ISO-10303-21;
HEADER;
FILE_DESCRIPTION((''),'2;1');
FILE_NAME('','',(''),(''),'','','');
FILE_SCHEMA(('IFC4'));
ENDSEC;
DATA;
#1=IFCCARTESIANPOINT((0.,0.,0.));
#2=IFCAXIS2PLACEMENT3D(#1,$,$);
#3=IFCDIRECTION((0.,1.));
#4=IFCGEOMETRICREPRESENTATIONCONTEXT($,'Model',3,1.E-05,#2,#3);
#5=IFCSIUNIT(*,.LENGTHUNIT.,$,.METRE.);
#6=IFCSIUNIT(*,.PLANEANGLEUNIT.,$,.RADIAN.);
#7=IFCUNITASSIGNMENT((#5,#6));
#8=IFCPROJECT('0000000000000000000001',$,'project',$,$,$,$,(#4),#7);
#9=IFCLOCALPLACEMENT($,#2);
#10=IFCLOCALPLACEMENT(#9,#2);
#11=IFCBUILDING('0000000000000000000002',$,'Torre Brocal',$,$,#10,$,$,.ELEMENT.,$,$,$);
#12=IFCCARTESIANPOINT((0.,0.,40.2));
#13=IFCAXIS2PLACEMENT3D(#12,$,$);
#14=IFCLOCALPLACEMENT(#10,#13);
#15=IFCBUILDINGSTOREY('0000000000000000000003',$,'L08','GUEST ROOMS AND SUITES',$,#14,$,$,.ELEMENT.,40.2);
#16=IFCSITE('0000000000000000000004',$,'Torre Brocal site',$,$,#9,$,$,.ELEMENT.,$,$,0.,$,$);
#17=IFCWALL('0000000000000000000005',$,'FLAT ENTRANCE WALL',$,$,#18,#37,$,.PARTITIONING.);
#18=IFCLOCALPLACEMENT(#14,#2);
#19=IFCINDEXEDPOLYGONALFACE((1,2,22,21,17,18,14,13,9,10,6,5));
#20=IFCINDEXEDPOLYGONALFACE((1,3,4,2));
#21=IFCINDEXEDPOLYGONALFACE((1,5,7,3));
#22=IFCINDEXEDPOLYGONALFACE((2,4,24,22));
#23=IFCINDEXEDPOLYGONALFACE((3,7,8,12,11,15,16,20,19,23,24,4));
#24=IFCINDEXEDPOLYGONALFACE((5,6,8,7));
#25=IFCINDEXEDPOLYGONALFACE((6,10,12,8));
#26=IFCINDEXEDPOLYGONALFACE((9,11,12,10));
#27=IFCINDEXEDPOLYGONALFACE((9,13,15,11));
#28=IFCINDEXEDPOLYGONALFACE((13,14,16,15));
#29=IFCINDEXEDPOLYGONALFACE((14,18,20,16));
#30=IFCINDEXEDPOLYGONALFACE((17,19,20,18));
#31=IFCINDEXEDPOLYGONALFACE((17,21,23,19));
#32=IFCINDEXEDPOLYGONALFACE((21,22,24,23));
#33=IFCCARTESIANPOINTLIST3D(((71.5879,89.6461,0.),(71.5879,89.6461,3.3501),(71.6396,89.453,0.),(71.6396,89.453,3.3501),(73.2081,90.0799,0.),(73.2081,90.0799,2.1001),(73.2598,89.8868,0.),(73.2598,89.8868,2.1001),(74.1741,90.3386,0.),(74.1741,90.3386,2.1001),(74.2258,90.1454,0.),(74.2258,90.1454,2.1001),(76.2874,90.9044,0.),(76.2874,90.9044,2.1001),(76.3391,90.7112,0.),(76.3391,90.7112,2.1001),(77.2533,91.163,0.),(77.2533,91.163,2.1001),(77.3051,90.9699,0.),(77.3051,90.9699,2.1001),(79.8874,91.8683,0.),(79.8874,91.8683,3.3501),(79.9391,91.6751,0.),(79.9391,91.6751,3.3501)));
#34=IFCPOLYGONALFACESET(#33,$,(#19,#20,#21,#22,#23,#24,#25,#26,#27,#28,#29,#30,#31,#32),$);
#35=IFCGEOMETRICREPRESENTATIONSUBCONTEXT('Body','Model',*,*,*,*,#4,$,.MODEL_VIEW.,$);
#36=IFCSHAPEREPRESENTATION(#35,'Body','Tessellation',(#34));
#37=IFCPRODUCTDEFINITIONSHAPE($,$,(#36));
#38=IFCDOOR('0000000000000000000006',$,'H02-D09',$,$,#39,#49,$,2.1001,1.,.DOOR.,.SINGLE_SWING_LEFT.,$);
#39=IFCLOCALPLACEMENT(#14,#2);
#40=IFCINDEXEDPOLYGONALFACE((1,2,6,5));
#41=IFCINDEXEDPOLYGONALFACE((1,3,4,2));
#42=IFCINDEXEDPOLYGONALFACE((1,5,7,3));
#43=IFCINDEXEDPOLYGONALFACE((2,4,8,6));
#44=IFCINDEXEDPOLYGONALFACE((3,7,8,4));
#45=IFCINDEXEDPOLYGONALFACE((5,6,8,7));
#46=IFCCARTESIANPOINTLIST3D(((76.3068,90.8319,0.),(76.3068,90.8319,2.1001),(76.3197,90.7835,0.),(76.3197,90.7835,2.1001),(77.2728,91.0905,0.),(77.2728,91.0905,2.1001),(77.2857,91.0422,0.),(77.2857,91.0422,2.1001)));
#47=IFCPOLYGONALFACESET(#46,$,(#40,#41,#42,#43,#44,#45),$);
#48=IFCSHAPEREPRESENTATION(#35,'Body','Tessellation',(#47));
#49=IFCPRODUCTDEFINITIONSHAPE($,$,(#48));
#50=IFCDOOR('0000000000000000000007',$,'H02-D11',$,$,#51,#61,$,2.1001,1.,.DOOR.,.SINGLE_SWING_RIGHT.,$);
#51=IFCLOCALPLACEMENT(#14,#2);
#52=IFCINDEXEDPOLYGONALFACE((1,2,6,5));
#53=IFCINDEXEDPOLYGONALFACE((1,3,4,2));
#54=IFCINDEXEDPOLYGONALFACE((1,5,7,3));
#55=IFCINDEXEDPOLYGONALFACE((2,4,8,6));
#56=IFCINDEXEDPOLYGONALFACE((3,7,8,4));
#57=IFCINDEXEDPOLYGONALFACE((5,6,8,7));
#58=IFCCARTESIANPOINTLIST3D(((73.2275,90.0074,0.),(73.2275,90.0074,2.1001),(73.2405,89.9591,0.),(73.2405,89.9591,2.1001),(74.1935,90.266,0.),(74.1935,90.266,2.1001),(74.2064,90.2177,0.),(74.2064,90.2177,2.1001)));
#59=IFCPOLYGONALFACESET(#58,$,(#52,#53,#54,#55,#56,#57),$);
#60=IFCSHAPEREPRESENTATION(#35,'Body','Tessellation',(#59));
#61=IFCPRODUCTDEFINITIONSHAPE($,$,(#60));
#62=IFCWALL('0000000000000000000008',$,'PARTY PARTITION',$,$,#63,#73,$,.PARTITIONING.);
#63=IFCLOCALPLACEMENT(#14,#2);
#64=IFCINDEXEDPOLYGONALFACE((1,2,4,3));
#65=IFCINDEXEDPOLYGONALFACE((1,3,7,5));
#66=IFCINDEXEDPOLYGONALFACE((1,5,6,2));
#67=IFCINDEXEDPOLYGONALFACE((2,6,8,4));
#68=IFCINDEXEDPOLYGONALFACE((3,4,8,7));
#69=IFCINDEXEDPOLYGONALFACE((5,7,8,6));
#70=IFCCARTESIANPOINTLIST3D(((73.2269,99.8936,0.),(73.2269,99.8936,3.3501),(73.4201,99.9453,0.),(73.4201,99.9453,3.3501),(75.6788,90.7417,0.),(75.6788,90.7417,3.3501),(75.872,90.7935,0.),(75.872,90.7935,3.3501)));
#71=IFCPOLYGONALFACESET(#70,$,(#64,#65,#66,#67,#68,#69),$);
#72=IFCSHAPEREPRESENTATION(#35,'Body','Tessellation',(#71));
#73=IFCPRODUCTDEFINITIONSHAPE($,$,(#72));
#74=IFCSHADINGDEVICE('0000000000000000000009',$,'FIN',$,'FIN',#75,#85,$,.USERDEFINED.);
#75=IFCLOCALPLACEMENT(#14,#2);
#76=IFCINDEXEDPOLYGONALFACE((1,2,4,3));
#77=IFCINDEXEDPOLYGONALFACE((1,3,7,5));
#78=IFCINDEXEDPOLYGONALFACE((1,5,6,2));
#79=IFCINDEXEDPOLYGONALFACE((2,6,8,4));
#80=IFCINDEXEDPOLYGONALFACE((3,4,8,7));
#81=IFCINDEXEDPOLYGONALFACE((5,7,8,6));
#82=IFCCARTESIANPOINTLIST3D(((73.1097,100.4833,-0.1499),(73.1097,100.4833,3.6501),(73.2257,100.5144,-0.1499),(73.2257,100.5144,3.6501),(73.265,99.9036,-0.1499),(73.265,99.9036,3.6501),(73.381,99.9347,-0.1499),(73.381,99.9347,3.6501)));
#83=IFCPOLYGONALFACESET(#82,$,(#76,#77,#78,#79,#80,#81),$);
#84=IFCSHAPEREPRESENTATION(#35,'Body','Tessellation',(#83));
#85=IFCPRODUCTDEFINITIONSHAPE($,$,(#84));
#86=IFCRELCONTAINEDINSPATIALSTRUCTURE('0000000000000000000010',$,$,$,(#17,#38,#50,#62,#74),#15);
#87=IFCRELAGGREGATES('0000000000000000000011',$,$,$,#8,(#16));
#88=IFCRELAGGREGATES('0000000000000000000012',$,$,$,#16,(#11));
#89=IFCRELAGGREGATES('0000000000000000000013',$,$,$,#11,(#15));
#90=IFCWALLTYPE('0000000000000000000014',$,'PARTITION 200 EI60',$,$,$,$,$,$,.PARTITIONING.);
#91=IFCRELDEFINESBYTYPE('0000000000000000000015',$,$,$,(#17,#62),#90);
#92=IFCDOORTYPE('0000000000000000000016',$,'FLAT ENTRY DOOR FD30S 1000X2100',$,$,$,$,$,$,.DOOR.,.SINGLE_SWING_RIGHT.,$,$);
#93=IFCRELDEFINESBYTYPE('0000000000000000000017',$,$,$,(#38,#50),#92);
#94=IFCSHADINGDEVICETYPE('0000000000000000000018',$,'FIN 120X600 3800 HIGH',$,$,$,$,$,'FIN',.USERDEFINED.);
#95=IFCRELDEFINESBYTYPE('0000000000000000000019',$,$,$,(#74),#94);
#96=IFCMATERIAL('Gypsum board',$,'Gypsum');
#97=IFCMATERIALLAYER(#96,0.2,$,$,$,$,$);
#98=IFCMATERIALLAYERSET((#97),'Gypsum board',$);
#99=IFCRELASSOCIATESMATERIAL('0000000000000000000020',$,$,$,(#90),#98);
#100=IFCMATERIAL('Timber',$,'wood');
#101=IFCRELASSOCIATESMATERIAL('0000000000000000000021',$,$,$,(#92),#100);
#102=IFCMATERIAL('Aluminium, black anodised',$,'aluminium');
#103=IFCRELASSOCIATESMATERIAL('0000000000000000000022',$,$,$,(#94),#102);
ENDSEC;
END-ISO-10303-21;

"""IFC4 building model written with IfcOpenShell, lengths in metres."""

from ifc_helpers import new_model, si_unit, direction, frame, frame_2d, origin, origin_2d, place, context, subcontext, project, spatial, rectangle, extrude, material, layer, layer_set, material_profile, profile_set, type_object, element, fill, save


model = new_model("IFC4")

# Units and contexts
model_context = context("Model", 3, precision=1e-05, world=origin(), true_north=direction((0.0, 1.0)))
body_context = subcontext(model_context, "Body", "Model", "MODEL_VIEW")
ifc_project = project(units=[si_unit("LENGTHUNIT", "METRE"), si_unit("PLANEANGLEUNIT", "RADIAN")], contexts=[model_context])

# Site, building, storey
site_placement = place(None, origin())
site = spatial("IfcSite", under=ifc_project, at=site_placement, Name="Torre Brocal site", CompositionType="ELEMENT", RefElevation=0.0)
building_placement = place(site_placement, origin())
building = spatial("IfcBuilding", under=site, at=building_placement, Name="Torre Brocal", CompositionType="ELEMENT")
storey_placement = place(building_placement, frame((0.0, 0.0, 40.2)))
storey = spatial("IfcBuildingStorey", under=building, at=storey_placement, Name="L08", Description="GUEST ROOMS AND SUITES", CompositionType="ELEMENT", Elevation=40.2)

# Wall, openings, doors
ifc_material_1 = material(Name="Gypsum board", Category="Gypsum")
ifc_layer_1 = layer(ifc_material_1, 0.2)
ifc_layer_set_1 = layer_set([ifc_layer_1], Name="Gypsum board")
wall_type_1 = type_object("IfcWallType", Name="PARTITION 200 EI60", PredefinedType="PARTITIONING", material=ifc_layer_set_1)
wall_1_placement = place(storey_placement, frame((71.6138, 89.5496, 0.0), z_axis=(0.0, 0.0, 1.0), x_axis=(0.965975, 0.258635, 0.0)))
wall_1 = element("IfcWall", 1, at=wall_1_placement, inside=storey, type_object=wall_type_1, Name="FLAT ENTRANCE WALL", PredefinedType="PARTITIONING", context=body_context, shape_type="SweptSolid", body=[
    extrude(rectangle(XDim=8.5918, YDim=0.2, at=frame_2d((4.2959, 0.0))), origin(), (0.0, 0.0, 1.0), 3.3501),
])
opening_1_placement = place(wall_1_placement, frame((4.865, 0.0, 0.0)))
opening_1 = element("IfcOpeningElement", 2, at=opening_1_placement, cuts=wall_1, PredefinedType="OPENING", context=body_context, shape_type="SweptSolid", body=[
    extrude(rectangle(XDim=1.0, YDim=2.1001, at=frame_2d((0.5, 1.05))), frame((0.0, 0.1099, 0.0), z_axis=(0.0, -1.0, 0.0), x_axis=(1.0, 0.0, 0.0)), (0.0, 0.0, 1.0), 0.22),
])
opening_2_placement = place(wall_1_placement, frame((1.6772, 0.0, 0.0)))
opening_2 = element("IfcOpeningElement", 3, at=opening_2_placement, cuts=wall_1, PredefinedType="OPENING", context=body_context, shape_type="SweptSolid", body=[
    extrude(rectangle(XDim=1.0, YDim=2.1001, at=frame_2d((0.5, 1.05))), frame((0.0, 0.1099, 0.0), z_axis=(0.0, -1.0, 0.0), x_axis=(1.0, 0.0, 0.0)), (0.0, 0.0, 1.0), 0.22),
])
ifc_material_2 = material(Name="Timber", Category="wood")
door_type_1 = type_object("IfcDoorType", Name="FLAT ENTRY DOOR FD30S 1000X2100", OperationType="SINGLE_SWING_RIGHT", PredefinedType="DOOR", material=ifc_material_2)
door_1_placement = place(opening_1_placement, origin())
door_1 = element("IfcDoor", 4, at=door_1_placement, inside=storey, type_object=door_type_1, Name="H02-D09", OperationType="SINGLE_SWING_LEFT", OverallHeight=2.1001, OverallWidth=1.0, PredefinedType="DOOR", context=body_context, shape_type="SweptSolid", body=[
    extrude(rectangle(XDim=1.0, YDim=2.1001, at=frame_2d((0.5, 1.05))), frame((0.0, 0.0249, 0.0), z_axis=(0.0, -1.0, 0.0), x_axis=(1.0, 0.0, 0.0)), (0.0, 0.0, 1.0), 0.05),
])
fill(opening_1, door_1)
door_2_placement = place(opening_2_placement, origin())
door_2 = element("IfcDoor", 5, at=door_2_placement, inside=storey, type_object=door_type_1, Name="H02-D11", OperationType="SINGLE_SWING_RIGHT", OverallHeight=2.1001, OverallWidth=1.0, PredefinedType="DOOR", context=body_context, shape_type="SweptSolid", body=[
    extrude(rectangle(XDim=1.0, YDim=2.1001, at=frame_2d((0.5, 1.05))), frame((0.0, 0.0249, 0.0), z_axis=(0.0, -1.0, 0.0), x_axis=(1.0, 0.0, 0.0)), (0.0, 0.0, 1.0), 0.05),
])
fill(opening_2, door_2)

# Wall
wall_2_placement = place(storey_placement, frame((73.3235, 99.9194, 0.0), z_axis=(0.0, 0.0, 1.0), x_axis=(0.258787, -0.965934, 0.0)))
element("IfcWall", 6, at=wall_2_placement, inside=storey, type_object=wall_type_1, Name="PARTY PARTITION", PredefinedType="PARTITIONING", context=body_context, shape_type="SweptSolid", body=[
    extrude(rectangle(XDim=9.4746, YDim=0.2, at=frame_2d((4.7373, 0.0))), origin(), (0.0, 0.0, 1.0), 3.3501),
])

# Shading device
ifc_material_3 = material(Name="Aluminium, black anodised", Category="aluminium")
ifc_material_profile_1 = material_profile(ifc_material_3, rectangle(XDim=0.1201, YDim=0.6001, at=origin_2d()), Name="FIN 120X600 3800 HIGH")
ifc_profile_set_1 = profile_set([ifc_material_profile_1], Name="Aluminium, black anodised")
shading_device_type = type_object("IfcShadingDeviceType", Name="FIN 120X600 3800 HIGH", ElementType="FIN", PredefinedType="USERDEFINED", material=ifc_profile_set_1)
shading_device_placement = place(storey_placement, frame((73.2454, 100.209, -0.1499), z_axis=(0.0, 0.0, 1.0), x_axis=(-0.965926, -0.258819, 0.0)))
element("IfcShadingDevice", 7, at=shading_device_placement, inside=storey, type_object=shading_device_type, Name="FIN", ObjectType="FIN", PredefinedType="USERDEFINED", context=body_context, shape_type="SweptSolid", body=[
    extrude(rectangle(XDim=0.1201, YDim=0.6001, at=origin_2d()), origin(), (0.0, 0.0, 1.0), 3.8),
])

save(model, "model.ifc")
